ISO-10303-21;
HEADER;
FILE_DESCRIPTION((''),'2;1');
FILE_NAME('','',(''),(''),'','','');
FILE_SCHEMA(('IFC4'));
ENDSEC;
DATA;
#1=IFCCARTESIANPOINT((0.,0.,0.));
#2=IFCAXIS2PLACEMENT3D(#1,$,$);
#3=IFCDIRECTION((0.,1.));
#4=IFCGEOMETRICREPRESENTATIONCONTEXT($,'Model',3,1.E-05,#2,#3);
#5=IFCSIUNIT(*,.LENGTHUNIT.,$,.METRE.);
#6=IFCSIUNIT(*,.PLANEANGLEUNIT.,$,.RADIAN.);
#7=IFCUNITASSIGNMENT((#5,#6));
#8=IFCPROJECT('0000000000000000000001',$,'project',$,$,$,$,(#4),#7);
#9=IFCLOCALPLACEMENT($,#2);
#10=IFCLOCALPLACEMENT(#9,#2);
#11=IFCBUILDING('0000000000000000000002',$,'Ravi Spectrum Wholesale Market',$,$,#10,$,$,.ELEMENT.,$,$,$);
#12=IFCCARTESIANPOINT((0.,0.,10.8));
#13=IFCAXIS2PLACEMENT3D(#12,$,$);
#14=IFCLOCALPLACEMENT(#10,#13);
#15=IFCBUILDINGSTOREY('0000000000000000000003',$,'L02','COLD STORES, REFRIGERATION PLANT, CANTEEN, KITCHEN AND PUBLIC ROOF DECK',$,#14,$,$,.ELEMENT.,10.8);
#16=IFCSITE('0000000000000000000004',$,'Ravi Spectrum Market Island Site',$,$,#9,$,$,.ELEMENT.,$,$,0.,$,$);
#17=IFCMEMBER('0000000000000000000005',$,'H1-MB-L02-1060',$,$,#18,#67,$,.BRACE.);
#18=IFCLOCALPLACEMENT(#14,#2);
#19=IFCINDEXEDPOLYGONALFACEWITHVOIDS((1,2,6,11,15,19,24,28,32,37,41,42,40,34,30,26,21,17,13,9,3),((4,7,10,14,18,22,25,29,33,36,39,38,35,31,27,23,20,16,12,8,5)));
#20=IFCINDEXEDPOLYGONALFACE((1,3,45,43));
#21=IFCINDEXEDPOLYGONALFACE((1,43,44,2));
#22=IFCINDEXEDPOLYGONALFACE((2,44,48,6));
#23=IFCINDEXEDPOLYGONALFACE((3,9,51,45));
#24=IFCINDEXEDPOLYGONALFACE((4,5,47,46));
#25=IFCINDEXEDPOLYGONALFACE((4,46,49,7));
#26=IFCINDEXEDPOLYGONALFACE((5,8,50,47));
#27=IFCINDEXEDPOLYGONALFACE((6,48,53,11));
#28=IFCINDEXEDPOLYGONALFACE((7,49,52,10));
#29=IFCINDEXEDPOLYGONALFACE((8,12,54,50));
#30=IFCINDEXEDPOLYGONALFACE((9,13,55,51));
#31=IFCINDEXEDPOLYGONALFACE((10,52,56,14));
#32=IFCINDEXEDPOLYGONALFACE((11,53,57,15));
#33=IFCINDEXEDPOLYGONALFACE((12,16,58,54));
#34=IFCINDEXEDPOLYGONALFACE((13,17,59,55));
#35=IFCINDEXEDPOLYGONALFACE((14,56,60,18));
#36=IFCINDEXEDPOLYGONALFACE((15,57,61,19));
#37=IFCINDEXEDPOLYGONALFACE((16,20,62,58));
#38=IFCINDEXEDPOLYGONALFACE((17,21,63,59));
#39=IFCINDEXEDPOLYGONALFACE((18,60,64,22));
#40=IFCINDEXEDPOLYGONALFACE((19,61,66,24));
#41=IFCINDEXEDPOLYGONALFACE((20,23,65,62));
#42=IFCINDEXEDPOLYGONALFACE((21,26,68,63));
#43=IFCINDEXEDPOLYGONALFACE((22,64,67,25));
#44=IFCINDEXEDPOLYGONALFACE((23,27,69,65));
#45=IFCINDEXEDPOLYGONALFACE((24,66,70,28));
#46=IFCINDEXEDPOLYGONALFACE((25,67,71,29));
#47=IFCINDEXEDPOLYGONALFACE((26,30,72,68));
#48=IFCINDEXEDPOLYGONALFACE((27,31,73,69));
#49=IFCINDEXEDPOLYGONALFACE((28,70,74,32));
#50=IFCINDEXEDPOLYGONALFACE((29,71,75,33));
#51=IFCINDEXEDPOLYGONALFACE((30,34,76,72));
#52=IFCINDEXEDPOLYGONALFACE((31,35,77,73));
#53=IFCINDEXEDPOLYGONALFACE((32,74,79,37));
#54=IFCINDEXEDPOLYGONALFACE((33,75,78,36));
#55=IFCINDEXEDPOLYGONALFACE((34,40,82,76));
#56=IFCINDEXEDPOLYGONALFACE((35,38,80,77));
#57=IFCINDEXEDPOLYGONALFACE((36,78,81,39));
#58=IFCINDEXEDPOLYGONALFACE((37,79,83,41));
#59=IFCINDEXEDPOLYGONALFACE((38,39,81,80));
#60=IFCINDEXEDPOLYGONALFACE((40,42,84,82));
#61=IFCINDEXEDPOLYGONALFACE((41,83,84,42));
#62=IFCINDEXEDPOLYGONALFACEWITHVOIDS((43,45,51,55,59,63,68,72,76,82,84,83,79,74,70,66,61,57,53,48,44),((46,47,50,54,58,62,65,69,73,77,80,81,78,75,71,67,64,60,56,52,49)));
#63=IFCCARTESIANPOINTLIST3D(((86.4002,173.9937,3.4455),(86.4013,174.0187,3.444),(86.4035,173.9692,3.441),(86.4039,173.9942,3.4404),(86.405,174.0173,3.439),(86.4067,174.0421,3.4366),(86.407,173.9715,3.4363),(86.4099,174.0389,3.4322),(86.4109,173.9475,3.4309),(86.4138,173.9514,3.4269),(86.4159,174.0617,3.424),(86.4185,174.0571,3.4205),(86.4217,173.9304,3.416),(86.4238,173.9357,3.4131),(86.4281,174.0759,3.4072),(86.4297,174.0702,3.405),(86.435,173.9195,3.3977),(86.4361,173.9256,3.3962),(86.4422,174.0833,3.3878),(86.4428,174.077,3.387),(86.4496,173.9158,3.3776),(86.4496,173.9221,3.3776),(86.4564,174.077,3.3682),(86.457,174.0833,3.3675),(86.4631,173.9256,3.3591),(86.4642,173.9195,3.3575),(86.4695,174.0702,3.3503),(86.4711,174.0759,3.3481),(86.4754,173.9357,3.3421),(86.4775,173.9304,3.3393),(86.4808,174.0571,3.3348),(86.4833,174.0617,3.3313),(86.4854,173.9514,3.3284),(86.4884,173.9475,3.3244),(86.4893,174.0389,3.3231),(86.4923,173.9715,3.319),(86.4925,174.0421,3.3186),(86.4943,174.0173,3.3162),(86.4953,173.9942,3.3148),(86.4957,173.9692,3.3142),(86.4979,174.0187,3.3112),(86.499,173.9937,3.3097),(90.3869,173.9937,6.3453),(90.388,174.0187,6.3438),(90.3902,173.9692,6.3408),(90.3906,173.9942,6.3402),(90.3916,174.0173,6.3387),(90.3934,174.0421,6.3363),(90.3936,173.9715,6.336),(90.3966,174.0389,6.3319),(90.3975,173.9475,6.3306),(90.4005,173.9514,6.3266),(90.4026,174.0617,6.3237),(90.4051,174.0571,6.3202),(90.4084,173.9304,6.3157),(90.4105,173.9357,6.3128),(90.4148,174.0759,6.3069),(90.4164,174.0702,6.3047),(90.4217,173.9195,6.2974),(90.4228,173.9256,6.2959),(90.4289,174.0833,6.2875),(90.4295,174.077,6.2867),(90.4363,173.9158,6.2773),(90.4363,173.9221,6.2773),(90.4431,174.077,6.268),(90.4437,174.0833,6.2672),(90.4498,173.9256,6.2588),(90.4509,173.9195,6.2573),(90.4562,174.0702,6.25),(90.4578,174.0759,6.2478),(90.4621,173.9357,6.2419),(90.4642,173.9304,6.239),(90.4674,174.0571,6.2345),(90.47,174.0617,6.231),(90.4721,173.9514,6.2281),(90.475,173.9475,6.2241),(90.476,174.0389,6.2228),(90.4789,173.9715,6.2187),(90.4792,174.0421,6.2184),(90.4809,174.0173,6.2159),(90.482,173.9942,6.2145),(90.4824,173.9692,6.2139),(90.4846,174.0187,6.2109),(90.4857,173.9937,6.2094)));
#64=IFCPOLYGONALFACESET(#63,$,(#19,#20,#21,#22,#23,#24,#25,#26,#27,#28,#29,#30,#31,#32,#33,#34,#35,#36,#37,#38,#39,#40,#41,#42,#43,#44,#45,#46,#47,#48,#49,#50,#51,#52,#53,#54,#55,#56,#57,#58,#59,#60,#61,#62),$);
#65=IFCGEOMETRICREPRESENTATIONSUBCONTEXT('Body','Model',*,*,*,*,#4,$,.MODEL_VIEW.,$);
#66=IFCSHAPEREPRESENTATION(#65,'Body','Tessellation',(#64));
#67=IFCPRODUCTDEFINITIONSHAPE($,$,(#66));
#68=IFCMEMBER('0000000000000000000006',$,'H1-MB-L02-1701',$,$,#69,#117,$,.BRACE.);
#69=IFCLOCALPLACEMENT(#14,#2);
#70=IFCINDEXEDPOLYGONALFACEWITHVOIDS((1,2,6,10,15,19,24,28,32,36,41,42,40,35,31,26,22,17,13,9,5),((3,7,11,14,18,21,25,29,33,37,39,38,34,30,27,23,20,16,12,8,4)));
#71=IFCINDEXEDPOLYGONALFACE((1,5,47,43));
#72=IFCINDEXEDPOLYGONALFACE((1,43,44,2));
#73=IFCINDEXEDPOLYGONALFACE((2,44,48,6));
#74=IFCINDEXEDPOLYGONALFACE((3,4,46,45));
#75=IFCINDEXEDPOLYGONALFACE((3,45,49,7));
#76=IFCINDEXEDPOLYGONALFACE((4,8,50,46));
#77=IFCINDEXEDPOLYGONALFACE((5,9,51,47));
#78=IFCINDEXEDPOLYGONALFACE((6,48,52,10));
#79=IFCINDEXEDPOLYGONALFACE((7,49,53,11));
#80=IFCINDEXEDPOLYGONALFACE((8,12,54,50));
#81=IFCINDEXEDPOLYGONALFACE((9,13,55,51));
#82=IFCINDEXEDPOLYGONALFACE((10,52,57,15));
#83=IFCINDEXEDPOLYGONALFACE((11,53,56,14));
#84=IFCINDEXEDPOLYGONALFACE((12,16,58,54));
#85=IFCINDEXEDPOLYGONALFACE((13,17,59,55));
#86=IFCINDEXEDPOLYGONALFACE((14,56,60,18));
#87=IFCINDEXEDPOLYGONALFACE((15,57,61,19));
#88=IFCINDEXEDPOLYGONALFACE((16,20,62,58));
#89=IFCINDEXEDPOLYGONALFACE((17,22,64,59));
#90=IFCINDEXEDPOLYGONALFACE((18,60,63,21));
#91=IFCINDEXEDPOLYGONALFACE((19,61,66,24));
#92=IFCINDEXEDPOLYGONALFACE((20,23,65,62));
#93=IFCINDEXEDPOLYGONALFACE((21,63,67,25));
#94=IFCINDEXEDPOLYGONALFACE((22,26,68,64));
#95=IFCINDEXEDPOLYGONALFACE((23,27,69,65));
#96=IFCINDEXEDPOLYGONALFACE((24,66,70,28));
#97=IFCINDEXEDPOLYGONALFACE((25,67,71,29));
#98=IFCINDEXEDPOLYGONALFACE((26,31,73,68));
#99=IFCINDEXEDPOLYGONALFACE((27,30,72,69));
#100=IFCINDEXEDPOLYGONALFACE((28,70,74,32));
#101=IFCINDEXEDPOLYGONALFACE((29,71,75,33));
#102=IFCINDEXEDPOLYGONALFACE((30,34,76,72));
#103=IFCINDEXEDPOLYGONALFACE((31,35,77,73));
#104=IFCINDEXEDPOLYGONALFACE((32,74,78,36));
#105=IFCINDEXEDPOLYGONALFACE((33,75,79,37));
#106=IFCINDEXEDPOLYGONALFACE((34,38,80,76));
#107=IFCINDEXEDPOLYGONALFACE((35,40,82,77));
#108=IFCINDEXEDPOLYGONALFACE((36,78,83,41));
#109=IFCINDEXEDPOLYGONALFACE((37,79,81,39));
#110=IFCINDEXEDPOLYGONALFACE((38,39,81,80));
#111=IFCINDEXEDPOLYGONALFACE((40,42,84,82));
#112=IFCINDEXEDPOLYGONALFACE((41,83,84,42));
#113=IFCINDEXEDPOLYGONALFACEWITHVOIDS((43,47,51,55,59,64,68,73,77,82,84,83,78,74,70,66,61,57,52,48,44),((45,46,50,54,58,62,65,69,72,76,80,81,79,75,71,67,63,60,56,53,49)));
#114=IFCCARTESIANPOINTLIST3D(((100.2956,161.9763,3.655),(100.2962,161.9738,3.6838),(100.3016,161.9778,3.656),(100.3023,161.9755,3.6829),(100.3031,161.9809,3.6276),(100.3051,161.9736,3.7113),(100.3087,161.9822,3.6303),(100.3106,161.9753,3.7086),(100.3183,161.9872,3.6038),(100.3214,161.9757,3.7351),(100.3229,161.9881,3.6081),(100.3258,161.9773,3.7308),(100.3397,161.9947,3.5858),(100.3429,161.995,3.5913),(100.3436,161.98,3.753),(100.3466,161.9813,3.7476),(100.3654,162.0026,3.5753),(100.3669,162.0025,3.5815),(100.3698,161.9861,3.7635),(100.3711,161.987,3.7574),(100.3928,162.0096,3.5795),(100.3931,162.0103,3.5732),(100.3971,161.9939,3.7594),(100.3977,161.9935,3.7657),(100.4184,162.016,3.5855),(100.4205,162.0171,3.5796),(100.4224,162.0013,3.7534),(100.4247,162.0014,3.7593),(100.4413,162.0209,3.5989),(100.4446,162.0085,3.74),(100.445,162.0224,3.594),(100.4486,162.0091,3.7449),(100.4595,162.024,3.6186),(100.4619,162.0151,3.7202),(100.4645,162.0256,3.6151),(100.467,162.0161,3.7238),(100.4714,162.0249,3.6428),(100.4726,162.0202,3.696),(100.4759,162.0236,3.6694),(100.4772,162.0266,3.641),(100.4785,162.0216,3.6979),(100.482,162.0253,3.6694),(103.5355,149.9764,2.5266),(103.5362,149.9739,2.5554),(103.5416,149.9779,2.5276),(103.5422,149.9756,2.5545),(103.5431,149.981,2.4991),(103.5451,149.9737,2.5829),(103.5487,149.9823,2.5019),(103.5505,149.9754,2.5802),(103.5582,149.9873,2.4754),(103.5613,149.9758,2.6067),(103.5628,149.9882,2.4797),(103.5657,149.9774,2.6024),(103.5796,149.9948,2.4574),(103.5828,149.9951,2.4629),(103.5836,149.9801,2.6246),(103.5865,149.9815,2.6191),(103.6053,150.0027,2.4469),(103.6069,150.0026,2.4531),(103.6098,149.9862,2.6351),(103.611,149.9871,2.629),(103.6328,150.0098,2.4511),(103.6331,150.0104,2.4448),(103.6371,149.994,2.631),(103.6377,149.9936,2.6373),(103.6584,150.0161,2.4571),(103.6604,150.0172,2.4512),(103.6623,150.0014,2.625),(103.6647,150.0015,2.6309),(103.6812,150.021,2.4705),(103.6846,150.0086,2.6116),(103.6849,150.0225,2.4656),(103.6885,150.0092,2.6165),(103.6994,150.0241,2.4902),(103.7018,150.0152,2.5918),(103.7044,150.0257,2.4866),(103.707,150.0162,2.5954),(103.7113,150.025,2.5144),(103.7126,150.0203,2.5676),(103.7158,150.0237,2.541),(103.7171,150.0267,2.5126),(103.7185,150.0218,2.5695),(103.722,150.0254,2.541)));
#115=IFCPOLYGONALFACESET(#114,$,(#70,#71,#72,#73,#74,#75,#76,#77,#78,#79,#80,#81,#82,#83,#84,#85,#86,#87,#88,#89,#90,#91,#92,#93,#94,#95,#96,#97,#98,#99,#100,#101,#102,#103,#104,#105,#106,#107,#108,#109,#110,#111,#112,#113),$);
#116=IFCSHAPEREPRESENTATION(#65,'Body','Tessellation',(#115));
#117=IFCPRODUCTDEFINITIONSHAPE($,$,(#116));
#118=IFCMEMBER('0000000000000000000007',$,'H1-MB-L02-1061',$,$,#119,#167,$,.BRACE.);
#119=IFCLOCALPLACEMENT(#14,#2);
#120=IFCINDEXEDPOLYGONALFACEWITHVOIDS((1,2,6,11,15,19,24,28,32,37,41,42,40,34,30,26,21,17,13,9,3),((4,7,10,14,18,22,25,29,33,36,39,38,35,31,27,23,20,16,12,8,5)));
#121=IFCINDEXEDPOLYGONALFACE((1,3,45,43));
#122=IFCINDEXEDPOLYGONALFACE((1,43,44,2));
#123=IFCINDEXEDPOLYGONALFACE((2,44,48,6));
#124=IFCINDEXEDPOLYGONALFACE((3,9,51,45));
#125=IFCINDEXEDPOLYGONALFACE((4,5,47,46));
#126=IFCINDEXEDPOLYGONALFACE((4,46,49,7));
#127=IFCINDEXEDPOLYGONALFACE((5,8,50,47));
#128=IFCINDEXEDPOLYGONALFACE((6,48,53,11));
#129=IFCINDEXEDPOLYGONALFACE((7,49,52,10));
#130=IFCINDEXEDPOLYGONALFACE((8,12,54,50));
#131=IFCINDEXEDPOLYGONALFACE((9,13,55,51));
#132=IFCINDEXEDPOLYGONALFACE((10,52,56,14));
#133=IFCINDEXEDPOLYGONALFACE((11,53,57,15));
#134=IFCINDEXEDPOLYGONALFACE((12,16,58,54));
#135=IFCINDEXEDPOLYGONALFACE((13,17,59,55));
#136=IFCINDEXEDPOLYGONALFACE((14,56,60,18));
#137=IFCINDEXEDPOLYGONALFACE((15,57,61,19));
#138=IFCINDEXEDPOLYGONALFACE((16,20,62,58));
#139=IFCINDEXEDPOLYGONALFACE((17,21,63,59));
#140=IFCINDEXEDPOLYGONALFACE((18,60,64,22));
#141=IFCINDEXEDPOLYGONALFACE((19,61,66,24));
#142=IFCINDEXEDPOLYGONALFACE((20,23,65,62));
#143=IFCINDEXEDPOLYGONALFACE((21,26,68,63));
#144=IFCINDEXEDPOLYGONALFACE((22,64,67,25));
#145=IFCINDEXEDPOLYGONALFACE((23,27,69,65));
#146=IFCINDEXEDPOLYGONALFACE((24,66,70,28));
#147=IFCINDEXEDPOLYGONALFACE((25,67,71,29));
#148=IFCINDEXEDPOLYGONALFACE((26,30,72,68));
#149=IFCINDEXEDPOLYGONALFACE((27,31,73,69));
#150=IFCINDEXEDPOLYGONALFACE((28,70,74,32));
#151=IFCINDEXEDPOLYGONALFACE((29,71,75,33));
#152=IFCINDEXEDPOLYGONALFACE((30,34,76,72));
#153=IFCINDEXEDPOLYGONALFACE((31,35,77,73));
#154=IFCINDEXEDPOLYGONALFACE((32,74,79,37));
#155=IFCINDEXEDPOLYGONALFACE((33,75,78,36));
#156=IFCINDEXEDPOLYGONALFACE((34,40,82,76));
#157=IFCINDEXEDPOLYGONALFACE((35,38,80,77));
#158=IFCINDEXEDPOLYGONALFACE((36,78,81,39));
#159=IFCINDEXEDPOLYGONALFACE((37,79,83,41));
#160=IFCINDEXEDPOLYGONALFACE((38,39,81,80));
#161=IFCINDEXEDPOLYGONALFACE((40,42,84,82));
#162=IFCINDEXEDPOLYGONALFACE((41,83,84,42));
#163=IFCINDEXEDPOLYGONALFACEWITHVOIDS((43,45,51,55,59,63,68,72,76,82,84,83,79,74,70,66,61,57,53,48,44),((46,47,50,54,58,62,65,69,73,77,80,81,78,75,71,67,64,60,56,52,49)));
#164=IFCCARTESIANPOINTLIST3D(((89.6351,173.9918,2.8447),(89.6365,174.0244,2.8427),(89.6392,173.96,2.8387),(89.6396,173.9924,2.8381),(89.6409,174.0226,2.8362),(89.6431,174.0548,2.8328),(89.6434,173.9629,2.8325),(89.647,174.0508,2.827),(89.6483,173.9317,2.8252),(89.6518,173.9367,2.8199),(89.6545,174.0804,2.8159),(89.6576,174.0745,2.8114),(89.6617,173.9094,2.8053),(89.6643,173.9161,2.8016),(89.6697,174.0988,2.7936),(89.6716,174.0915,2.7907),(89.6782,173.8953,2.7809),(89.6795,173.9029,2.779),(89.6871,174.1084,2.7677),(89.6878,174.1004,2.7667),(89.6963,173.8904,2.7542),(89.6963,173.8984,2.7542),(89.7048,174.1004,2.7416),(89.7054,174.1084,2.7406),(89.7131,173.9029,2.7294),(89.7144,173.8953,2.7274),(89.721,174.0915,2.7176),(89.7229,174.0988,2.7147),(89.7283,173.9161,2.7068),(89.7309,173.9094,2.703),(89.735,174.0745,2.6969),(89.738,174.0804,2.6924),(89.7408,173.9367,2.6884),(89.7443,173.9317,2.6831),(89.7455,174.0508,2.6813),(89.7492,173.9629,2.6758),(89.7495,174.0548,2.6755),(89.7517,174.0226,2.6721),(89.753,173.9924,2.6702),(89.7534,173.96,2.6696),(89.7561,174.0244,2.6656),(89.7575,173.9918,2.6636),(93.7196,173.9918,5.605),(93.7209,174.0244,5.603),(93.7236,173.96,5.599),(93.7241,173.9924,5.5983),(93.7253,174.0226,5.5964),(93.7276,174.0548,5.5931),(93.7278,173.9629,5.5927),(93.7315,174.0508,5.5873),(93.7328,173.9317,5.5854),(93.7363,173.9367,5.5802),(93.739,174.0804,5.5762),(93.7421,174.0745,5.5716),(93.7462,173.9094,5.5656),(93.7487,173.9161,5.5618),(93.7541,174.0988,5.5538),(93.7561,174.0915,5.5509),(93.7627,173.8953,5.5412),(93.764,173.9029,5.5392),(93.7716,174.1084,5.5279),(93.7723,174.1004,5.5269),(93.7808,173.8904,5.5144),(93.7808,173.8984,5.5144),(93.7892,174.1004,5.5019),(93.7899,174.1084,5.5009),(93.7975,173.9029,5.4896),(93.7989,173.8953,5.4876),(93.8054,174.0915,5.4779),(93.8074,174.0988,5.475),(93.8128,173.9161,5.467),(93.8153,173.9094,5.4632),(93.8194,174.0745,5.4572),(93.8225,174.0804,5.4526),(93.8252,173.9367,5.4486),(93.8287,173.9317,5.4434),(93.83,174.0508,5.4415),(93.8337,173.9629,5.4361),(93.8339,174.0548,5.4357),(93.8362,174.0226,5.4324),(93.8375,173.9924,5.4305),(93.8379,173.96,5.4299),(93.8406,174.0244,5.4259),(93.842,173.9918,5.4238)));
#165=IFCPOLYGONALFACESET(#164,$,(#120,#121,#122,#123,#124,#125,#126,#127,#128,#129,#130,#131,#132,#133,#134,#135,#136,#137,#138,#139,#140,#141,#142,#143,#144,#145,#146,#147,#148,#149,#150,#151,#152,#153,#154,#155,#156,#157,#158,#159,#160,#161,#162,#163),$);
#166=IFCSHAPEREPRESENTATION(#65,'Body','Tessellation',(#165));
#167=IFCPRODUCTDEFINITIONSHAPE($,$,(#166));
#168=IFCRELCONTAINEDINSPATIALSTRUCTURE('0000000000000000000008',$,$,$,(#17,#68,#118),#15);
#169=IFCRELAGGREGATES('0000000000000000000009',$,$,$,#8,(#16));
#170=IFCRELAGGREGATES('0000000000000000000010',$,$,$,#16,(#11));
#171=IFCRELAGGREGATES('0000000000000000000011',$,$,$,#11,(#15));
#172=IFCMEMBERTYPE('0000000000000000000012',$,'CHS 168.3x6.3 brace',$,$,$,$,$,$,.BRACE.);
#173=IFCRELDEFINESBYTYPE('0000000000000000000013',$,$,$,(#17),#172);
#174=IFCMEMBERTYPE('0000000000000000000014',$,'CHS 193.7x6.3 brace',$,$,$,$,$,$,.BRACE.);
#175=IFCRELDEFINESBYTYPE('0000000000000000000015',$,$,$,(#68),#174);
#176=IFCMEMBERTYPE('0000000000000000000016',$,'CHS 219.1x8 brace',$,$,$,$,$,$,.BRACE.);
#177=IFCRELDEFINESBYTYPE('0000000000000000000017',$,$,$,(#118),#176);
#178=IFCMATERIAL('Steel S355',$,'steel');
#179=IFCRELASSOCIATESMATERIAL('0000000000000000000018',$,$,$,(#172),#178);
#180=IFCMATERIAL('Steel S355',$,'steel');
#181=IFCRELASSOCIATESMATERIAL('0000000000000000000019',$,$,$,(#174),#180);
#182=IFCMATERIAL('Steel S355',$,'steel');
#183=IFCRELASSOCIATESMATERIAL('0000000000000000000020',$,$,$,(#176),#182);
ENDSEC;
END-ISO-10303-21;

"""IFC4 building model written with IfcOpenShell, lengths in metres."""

from ifc_helpers import new_model, si_unit, direction, frame, origin, origin_2d, place, context, subcontext, project, spatial, hollow_circle, extrude, material, material_profile, profile_set, type_object, element, save


model = new_model("IFC4")

# Units and contexts
model_context = context("Model", 3, precision=1e-05, world=origin(), true_north=direction((0.0, 1.0)))
body_context = subcontext(model_context, "Body", "Model", "MODEL_VIEW")
ifc_project = project(units=[si_unit("LENGTHUNIT", "METRE"), si_unit("PLANEANGLEUNIT", "RADIAN")], contexts=[model_context])

# Site, building, storey
site_placement = place(None, origin())
site = spatial("IfcSite", under=ifc_project, at=site_placement, Name="Ravi Spectrum Market Island Site", CompositionType="ELEMENT", RefElevation=0.0)
building_placement = place(site_placement, origin())
building = spatial("IfcBuilding", under=site, at=building_placement, Name="Ravi Spectrum Wholesale Market", CompositionType="ELEMENT")
storey_placement = place(building_placement, frame((0.0, 0.0, 10.8)))
storey = spatial("IfcBuildingStorey", under=building, at=storey_placement, Name="L02", Description="COLD STORES, REFRIGERATION PLANT, CANTEEN, KITCHEN AND PUBLIC ROOF DECK", CompositionType="ELEMENT", Elevation=10.8)

# Members
ifc_material_1 = material(Name="Steel S355", Category="steel")
ifc_material_profile_1 = material_profile(ifc_material_1, hollow_circle(Radius=0.0842, WallThickness=0.0063, at=origin_2d()))
ifc_profile_set_1 = profile_set([ifc_material_profile_1], Name="Steel S355")
member_type_1 = type_object("IfcMemberType", Name="CHS 168.3x6.3 brace", PredefinedType="BRACE", material=ifc_profile_set_1)
for number, where, z_axis, x_axis, name in (
    (1, (90.4363, 174.0, 6.2773), (-0.808704, 0.0, -0.588216), (0.0, -1.0, 0.0), "H1-MB-L02-1060"),
):
    element("IfcMember", number, at=place(storey_placement, frame(where, z_axis=z_axis, x_axis=x_axis)), inside=storey, type_object=member_type_1, Name=name, PredefinedType="BRACE", context=body_context, shape_type="SweptSolid", body=[
        extrude(hollow_circle(Radius=0.0842, WallThickness=0.0063, at=origin_2d()), origin(), (0.0, 0.0, 1.0), 4.9297),
    ])
ifc_material_2 = material(Name="Steel S355", Category="steel")
ifc_material_profile_2 = material_profile(ifc_material_2, hollow_circle(Radius=0.0969, WallThickness=0.0063, at=origin_2d()))
ifc_profile_set_2 = profile_set([ifc_material_profile_2], Name="Steel S355")
member_type_2 = type_object("IfcMemberType", Name="CHS 193.7x6.3 brace", PredefinedType="BRACE", material=ifc_profile_set_2)
member_1_placement = place(storey_placement, frame((100.3884, 162.0, 3.6694), z_axis=(0.259598, -0.961475, -0.090412), x_axis=(0.965429, 0.260665, 0.0)))
element("IfcMember", 2, at=member_1_placement, inside=storey, type_object=member_type_2, Name="H1-MB-L02-1701", PredefinedType="BRACE", context=body_context, shape_type="SweptSolid", body=[
    extrude(hollow_circle(Radius=0.0969, WallThickness=0.0063, at=origin_2d()), origin(), (0.0, 0.0, 1.0), 12.4807),
])
ifc_material_3 = material(Name="Steel S355", Category="steel")
ifc_material_profile_3 = material_profile(ifc_material_3, hollow_circle(Radius=0.1096, WallThickness=0.0081, at=origin_2d()))
ifc_profile_set_3 = profile_set([ifc_material_profile_3], Name="Steel S355")
member_type_3 = type_object("IfcMemberType", Name="CHS 219.1x8 brace", PredefinedType="BRACE", material=ifc_profile_set_3)
member_2_placement = place(storey_placement, frame((93.7808, 174.0, 5.5144), z_axis=(-0.828544, 0.0, -0.559924), x_axis=(0.0, -1.0, 0.0)))
element("IfcMember", 3, at=member_2_placement, inside=storey, type_object=member_type_3, Name="H1-MB-L02-1061", PredefinedType="BRACE", context=body_context, shape_type="SweptSolid", body=[
    extrude(hollow_circle(Radius=0.1096, WallThickness=0.0081, at=origin_2d()), origin(), (0.0, 0.0, 1.0), 4.9297),
])

save(model, "model.ifc")
